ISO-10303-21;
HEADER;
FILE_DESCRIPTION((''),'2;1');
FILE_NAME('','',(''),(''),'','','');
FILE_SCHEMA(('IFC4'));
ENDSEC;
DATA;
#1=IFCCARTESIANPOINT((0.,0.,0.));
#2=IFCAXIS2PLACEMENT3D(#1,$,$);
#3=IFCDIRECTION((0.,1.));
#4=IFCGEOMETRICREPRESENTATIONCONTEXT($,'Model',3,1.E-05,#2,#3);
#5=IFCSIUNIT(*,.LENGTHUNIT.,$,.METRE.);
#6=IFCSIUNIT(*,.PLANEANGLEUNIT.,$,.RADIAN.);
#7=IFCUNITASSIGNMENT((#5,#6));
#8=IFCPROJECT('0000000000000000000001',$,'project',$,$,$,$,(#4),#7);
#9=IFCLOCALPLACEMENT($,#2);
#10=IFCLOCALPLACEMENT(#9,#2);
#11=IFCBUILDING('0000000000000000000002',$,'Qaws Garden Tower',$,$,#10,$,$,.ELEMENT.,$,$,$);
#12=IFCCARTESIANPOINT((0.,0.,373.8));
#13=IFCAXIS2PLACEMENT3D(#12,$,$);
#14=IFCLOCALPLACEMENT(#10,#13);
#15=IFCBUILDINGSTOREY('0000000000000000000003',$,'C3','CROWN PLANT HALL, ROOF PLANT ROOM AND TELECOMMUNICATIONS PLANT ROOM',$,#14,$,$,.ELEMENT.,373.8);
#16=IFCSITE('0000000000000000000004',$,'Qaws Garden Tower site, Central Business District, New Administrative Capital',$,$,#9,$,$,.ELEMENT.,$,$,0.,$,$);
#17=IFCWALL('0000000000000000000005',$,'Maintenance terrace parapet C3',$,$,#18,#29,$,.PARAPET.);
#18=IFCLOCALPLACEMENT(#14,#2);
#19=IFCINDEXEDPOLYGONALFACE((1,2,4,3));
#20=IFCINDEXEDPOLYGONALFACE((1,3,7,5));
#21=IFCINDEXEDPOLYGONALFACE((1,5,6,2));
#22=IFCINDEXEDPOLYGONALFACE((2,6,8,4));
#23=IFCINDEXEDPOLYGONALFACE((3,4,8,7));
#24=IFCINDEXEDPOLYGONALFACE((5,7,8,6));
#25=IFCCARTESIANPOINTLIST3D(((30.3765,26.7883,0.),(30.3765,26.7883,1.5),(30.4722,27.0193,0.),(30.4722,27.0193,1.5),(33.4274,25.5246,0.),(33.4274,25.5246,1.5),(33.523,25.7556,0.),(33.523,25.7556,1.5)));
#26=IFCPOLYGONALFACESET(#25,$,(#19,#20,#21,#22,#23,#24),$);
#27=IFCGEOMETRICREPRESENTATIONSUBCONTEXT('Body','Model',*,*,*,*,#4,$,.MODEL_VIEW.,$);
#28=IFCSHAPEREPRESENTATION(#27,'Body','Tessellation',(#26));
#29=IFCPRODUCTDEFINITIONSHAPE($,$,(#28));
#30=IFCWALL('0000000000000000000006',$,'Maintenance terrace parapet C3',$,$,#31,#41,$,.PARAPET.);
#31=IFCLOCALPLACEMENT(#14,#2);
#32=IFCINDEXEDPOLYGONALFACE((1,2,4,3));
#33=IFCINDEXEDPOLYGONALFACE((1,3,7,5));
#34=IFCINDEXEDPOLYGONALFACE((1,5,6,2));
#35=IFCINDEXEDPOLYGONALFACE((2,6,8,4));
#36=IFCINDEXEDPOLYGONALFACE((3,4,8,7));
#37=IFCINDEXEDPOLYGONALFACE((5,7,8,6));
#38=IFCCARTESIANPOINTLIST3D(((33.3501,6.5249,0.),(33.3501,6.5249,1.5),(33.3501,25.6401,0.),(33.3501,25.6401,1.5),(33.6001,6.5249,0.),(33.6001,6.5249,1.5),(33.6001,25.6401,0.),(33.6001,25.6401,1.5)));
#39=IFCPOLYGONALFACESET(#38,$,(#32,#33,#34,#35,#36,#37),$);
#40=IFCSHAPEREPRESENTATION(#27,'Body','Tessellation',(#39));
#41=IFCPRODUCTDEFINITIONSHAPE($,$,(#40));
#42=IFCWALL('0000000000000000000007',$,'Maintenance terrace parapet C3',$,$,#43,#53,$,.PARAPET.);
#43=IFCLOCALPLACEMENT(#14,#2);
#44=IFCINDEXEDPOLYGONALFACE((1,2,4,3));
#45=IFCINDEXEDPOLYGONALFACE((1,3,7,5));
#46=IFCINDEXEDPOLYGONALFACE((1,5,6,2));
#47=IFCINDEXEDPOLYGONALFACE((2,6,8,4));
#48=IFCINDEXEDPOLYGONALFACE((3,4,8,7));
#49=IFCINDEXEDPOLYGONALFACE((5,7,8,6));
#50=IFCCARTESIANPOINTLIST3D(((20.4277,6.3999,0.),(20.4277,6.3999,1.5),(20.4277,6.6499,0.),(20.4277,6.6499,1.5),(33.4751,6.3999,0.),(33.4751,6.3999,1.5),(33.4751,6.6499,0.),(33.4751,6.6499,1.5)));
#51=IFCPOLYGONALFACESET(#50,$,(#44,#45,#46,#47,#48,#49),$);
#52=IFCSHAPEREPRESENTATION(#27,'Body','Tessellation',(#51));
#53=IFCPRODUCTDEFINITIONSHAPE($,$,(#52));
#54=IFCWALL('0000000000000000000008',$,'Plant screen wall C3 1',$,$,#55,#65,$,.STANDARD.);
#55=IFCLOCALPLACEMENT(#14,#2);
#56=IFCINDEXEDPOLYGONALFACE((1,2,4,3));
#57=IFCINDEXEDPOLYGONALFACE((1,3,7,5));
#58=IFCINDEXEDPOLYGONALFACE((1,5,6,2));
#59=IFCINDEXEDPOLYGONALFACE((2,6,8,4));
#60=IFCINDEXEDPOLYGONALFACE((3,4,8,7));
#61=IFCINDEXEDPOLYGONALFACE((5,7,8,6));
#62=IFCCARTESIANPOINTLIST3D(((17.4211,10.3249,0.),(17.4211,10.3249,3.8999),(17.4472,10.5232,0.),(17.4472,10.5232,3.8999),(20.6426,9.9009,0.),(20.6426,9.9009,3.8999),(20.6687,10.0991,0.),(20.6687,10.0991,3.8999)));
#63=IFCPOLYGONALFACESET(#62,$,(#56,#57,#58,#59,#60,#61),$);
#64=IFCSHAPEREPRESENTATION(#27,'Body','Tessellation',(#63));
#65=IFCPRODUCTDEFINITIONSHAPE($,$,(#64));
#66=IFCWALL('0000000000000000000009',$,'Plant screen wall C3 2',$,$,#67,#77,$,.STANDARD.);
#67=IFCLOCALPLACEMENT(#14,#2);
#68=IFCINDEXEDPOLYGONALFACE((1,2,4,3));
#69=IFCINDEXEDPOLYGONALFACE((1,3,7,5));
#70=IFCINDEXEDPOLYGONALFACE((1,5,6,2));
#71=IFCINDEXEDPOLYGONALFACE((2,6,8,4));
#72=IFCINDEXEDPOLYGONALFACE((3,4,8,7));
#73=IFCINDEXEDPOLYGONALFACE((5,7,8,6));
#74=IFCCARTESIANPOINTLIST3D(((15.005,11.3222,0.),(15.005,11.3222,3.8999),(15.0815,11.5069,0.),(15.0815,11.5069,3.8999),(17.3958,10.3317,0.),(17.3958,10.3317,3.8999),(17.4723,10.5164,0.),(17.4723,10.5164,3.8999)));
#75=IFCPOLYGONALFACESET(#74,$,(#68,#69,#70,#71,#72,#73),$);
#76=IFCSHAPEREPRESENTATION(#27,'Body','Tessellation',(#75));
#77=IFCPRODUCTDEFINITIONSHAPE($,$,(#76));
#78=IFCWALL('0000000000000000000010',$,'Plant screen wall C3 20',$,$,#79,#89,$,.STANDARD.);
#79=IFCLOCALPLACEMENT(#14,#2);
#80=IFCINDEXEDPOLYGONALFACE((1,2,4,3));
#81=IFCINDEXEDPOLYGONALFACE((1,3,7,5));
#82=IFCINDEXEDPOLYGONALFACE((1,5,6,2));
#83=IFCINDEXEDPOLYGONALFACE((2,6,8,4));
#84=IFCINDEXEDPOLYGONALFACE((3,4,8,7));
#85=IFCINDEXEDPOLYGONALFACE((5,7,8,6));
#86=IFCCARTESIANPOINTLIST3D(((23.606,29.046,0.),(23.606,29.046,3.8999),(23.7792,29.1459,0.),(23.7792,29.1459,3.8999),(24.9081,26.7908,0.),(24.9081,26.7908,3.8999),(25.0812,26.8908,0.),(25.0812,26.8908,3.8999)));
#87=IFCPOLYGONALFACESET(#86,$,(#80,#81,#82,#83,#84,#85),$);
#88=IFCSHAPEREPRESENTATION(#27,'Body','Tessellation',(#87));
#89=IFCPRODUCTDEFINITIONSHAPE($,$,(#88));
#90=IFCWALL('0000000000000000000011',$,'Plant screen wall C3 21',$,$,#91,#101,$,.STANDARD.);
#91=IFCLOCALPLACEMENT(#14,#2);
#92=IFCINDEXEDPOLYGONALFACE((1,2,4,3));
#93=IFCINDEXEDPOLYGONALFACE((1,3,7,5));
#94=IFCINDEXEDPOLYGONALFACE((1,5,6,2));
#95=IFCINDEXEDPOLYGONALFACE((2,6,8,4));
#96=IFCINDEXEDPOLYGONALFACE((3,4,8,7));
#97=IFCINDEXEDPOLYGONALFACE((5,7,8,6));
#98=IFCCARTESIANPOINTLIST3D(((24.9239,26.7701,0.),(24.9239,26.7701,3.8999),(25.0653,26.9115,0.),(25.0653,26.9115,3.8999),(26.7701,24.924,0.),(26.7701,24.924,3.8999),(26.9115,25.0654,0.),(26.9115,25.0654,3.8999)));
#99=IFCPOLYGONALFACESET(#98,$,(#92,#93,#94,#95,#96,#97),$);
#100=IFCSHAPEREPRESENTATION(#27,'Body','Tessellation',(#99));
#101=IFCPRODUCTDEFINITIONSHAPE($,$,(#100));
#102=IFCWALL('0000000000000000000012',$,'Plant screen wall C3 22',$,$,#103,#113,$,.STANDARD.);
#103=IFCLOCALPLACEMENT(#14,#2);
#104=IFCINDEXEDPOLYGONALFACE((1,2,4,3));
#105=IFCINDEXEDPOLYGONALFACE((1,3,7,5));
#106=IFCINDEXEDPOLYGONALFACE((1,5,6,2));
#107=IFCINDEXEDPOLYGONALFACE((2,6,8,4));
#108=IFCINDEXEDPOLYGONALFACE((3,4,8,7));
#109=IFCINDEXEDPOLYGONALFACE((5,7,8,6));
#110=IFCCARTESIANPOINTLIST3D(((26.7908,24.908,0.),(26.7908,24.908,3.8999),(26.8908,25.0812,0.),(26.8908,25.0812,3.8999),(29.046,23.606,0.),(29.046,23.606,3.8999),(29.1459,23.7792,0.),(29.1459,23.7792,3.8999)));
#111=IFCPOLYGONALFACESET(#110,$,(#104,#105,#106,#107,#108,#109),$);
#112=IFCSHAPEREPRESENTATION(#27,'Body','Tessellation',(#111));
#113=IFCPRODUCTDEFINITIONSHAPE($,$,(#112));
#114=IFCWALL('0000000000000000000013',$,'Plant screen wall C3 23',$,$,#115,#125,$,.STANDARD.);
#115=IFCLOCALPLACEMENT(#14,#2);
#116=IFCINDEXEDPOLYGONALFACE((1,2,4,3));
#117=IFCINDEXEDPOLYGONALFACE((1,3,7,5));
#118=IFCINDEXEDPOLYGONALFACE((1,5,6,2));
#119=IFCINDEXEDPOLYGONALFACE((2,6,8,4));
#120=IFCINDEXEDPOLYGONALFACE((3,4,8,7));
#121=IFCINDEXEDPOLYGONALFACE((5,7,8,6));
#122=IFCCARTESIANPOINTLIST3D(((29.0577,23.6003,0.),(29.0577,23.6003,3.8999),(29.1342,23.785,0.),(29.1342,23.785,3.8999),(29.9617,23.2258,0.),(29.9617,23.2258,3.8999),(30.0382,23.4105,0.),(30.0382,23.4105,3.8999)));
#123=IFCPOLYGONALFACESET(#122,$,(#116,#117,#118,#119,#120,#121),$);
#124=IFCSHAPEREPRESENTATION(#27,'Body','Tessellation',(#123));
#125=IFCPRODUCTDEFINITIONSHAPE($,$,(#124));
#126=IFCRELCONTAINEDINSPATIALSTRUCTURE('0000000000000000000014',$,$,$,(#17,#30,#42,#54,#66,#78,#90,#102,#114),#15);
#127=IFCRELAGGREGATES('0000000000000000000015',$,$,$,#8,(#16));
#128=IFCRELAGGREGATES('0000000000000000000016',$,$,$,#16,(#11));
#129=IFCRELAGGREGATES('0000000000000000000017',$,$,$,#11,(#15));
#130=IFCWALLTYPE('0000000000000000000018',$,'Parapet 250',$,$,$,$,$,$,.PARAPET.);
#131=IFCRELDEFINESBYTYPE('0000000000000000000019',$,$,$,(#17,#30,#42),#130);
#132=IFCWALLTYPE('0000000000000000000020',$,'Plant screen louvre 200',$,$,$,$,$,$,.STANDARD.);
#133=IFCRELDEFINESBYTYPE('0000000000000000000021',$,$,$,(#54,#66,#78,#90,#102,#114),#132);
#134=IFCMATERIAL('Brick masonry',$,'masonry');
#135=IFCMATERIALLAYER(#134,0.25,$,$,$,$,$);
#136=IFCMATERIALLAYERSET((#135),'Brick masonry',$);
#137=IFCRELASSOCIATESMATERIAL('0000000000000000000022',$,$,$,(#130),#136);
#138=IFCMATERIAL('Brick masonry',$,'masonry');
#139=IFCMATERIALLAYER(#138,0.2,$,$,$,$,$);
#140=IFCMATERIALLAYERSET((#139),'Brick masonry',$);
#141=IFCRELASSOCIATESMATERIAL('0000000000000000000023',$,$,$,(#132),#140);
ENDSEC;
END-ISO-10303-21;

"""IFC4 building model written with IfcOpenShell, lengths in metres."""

from ifc_helpers import new_model, si_unit, direction, frame, frame_2d, origin, place, context, subcontext, project, spatial, rectangle, extrude, material, layer, layer_set, type_object, element, save


model = new_model("IFC4")

# Units and contexts
model_context = context("Model", 3, precision=1e-05, world=origin(), true_north=direction((0.0, 1.0)))
body_context = subcontext(model_context, "Body", "Model", "MODEL_VIEW")
ifc_project = project(units=[si_unit("LENGTHUNIT", "METRE"), si_unit("PLANEANGLEUNIT", "RADIAN")], contexts=[model_context])

# Site, building, storey
site_placement = place(None, origin())
site = spatial("IfcSite", under=ifc_project, at=site_placement, Name="Qaws Garden Tower site, Central Business District, New Administrative Capital", CompositionType="ELEMENT", RefElevation=0.0)
building_placement = place(site_placement, origin())
building = spatial("IfcBuilding", under=site, at=building_placement, Name="Qaws Garden Tower", CompositionType="ELEMENT")
storey_placement = place(building_placement, frame((0.0, 0.0, 373.8)))
storey = spatial("IfcBuildingStorey", under=building, at=storey_placement, Name="C3", Description="CROWN PLANT HALL, ROOF PLANT ROOM AND TELECOMMUNICATIONS PLANT ROOM", CompositionType="ELEMENT", Elevation=373.8)

# Walls
ifc_material_1 = material(Name="Brick masonry", Category="masonry")
ifc_layer_1 = layer(ifc_material_1, 0.25)
ifc_layer_set_1 = layer_set([ifc_layer_1], Name="Brick masonry")
wall_type_1 = type_object("IfcWallType", Name="Parapet 250", PredefinedType="PARAPET", material=ifc_layer_set_1)
wall_1_placement = place(storey_placement, frame((30.4243, 26.9038, 0.0), z_axis=(0.0, 0.0, 1.0), x_axis=(0.92388, -0.382683, 0.0)))
element("IfcWall", 1, at=wall_1_placement, inside=storey, type_object=wall_type_1, Name="Maintenance terrace parapet C3", PredefinedType="PARAPET", context=body_context, shape_type="SweptSolid", body=[
    extrude(rectangle(XDim=3.3022, YDim=0.25, at=frame_2d((1.6511, 0.0))), origin(), (0.0, 0.0, 1.0), 1.5),
])
wall_2_placement = place(storey_placement, frame((33.4751, 25.6401, 0.0), z_axis=(0.0, 0.0, 1.0), x_axis=(0.0, -1.0, 0.0)))
element("IfcWall", 2, at=wall_2_placement, inside=storey, type_object=wall_type_1, Name="Maintenance terrace parapet C3", PredefinedType="PARAPET", context=body_context, shape_type="SweptSolid", body=[
    extrude(rectangle(XDim=19.1152, YDim=0.25, at=frame_2d((9.5576, 0.0))), origin(), (0.0, 0.0, 1.0), 1.5),
])
wall_3_placement = place(storey_placement, frame((33.4751, 6.5249, 0.0), z_axis=(0.0, 0.0, 1.0), x_axis=(-1.0, 0.0, 0.0)))
element("IfcWall", 3, at=wall_3_placement, inside=storey, type_object=wall_type_1, Name="Maintenance terrace parapet C3", PredefinedType="PARAPET", context=body_context, shape_type="SweptSolid", body=[
    extrude(rectangle(XDim=13.0474, YDim=0.25, at=frame_2d((6.5237, 0.0))), origin(), (0.0, 0.0, 1.0), 1.5),
])
ifc_material_2 = material(Name="Brick masonry", Category="masonry")
ifc_layer_2 = layer(ifc_material_2, 0.2)
ifc_layer_set_2 = layer_set([ifc_layer_2], Name="Brick masonry")
wall_type_2 = type_object("IfcWallType", Name="Plant screen louvre 200", PredefinedType="STANDARD", material=ifc_layer_set_2)
wall_4_placement = place(storey_placement, frame((20.6555, 10.0, 0.0), z_axis=(0.0, 0.0, 1.0), x_axis=(-0.991446, 0.130515, 0.0)))
element("IfcWall", 4, at=wall_4_placement, inside=storey, type_object=wall_type_2, Name="Plant screen wall C3 1", PredefinedType="STANDARD", context=body_context, shape_type="SweptSolid", body=[
    extrude(rectangle(XDim=3.2493, YDim=0.2, at=frame_2d((1.6245, 0.0))), origin(), (0.0, 0.0, 1.0), 3.8999),
])
wall_5_placement = place(storey_placement, frame((17.4341, 10.4241, 0.0), z_axis=(0.0, 0.0, 1.0), x_axis=(-0.923859, 0.382732, 0.0)))
element("IfcWall", 5, at=wall_5_placement, inside=storey, type_object=wall_type_2, Name="Plant screen wall C3 2", PredefinedType="STANDARD", context=body_context, shape_type="SweptSolid", body=[
    extrude(rectangle(XDim=2.5879, YDim=0.2, at=frame_2d((1.2939, 0.0))), origin(), (0.0, 0.0, 1.0), 3.8999),
])
wall_6_placement = place(storey_placement, frame((23.6926, 29.0959, 0.0), z_axis=(0.0, 0.0, 1.0), x_axis=(0.500001, -0.866025, 0.0)))
element("IfcWall", 6, at=wall_6_placement, inside=storey, type_object=wall_type_2, Name="Plant screen wall C3 20", PredefinedType="STANDARD", context=body_context, shape_type="SweptSolid", body=[
    extrude(rectangle(XDim=2.604, YDim=0.2, at=frame_2d((1.302, 0.0))), origin(), (0.0, 0.0, 1.0), 3.8999),
])
wall_7_placement = place(storey_placement, frame((24.9946, 26.8408, 0.0), z_axis=(0.0, 0.0, 1.0), x_axis=(0.707107, -0.707107, 0.0)))
element("IfcWall", 7, at=wall_7_placement, inside=storey, type_object=wall_type_2, Name="Plant screen wall C3 21", PredefinedType="STANDARD", context=body_context, shape_type="SweptSolid", body=[
    extrude(rectangle(XDim=2.6108, YDim=0.2, at=frame_2d((1.3054, 0.0))), origin(), (0.0, 0.0, 1.0), 3.8999),
])
wall_8_placement = place(storey_placement, frame((26.8408, 24.9946, 0.0), z_axis=(0.0, 0.0, 1.0), x_axis=(0.866025, -0.500001, 0.0)))
element("IfcWall", 8, at=wall_8_placement, inside=storey, type_object=wall_type_2, Name="Plant screen wall C3 22", PredefinedType="STANDARD", context=body_context, shape_type="SweptSolid", body=[
    extrude(rectangle(XDim=2.604, YDim=0.2, at=frame_2d((1.302, 0.0))), origin(), (0.0, 0.0, 1.0), 3.8999),
])
wall_9_placement = place(storey_placement, frame((29.0959, 23.6926, 0.0), z_axis=(0.0, 0.0, 1.0), x_axis=(0.923865, -0.382719, 0.0)))
element("IfcWall", 9, at=wall_9_placement, inside=storey, type_object=wall_type_2, Name="Plant screen wall C3 23", PredefinedType="STANDARD", context=body_context, shape_type="SweptSolid", body=[
    extrude(rectangle(XDim=0.9785, YDim=0.2, at=frame_2d((0.4893, 0.0))), origin(), (0.0, 0.0, 1.0), 3.8999),
])

save(model, "model.ifc")
